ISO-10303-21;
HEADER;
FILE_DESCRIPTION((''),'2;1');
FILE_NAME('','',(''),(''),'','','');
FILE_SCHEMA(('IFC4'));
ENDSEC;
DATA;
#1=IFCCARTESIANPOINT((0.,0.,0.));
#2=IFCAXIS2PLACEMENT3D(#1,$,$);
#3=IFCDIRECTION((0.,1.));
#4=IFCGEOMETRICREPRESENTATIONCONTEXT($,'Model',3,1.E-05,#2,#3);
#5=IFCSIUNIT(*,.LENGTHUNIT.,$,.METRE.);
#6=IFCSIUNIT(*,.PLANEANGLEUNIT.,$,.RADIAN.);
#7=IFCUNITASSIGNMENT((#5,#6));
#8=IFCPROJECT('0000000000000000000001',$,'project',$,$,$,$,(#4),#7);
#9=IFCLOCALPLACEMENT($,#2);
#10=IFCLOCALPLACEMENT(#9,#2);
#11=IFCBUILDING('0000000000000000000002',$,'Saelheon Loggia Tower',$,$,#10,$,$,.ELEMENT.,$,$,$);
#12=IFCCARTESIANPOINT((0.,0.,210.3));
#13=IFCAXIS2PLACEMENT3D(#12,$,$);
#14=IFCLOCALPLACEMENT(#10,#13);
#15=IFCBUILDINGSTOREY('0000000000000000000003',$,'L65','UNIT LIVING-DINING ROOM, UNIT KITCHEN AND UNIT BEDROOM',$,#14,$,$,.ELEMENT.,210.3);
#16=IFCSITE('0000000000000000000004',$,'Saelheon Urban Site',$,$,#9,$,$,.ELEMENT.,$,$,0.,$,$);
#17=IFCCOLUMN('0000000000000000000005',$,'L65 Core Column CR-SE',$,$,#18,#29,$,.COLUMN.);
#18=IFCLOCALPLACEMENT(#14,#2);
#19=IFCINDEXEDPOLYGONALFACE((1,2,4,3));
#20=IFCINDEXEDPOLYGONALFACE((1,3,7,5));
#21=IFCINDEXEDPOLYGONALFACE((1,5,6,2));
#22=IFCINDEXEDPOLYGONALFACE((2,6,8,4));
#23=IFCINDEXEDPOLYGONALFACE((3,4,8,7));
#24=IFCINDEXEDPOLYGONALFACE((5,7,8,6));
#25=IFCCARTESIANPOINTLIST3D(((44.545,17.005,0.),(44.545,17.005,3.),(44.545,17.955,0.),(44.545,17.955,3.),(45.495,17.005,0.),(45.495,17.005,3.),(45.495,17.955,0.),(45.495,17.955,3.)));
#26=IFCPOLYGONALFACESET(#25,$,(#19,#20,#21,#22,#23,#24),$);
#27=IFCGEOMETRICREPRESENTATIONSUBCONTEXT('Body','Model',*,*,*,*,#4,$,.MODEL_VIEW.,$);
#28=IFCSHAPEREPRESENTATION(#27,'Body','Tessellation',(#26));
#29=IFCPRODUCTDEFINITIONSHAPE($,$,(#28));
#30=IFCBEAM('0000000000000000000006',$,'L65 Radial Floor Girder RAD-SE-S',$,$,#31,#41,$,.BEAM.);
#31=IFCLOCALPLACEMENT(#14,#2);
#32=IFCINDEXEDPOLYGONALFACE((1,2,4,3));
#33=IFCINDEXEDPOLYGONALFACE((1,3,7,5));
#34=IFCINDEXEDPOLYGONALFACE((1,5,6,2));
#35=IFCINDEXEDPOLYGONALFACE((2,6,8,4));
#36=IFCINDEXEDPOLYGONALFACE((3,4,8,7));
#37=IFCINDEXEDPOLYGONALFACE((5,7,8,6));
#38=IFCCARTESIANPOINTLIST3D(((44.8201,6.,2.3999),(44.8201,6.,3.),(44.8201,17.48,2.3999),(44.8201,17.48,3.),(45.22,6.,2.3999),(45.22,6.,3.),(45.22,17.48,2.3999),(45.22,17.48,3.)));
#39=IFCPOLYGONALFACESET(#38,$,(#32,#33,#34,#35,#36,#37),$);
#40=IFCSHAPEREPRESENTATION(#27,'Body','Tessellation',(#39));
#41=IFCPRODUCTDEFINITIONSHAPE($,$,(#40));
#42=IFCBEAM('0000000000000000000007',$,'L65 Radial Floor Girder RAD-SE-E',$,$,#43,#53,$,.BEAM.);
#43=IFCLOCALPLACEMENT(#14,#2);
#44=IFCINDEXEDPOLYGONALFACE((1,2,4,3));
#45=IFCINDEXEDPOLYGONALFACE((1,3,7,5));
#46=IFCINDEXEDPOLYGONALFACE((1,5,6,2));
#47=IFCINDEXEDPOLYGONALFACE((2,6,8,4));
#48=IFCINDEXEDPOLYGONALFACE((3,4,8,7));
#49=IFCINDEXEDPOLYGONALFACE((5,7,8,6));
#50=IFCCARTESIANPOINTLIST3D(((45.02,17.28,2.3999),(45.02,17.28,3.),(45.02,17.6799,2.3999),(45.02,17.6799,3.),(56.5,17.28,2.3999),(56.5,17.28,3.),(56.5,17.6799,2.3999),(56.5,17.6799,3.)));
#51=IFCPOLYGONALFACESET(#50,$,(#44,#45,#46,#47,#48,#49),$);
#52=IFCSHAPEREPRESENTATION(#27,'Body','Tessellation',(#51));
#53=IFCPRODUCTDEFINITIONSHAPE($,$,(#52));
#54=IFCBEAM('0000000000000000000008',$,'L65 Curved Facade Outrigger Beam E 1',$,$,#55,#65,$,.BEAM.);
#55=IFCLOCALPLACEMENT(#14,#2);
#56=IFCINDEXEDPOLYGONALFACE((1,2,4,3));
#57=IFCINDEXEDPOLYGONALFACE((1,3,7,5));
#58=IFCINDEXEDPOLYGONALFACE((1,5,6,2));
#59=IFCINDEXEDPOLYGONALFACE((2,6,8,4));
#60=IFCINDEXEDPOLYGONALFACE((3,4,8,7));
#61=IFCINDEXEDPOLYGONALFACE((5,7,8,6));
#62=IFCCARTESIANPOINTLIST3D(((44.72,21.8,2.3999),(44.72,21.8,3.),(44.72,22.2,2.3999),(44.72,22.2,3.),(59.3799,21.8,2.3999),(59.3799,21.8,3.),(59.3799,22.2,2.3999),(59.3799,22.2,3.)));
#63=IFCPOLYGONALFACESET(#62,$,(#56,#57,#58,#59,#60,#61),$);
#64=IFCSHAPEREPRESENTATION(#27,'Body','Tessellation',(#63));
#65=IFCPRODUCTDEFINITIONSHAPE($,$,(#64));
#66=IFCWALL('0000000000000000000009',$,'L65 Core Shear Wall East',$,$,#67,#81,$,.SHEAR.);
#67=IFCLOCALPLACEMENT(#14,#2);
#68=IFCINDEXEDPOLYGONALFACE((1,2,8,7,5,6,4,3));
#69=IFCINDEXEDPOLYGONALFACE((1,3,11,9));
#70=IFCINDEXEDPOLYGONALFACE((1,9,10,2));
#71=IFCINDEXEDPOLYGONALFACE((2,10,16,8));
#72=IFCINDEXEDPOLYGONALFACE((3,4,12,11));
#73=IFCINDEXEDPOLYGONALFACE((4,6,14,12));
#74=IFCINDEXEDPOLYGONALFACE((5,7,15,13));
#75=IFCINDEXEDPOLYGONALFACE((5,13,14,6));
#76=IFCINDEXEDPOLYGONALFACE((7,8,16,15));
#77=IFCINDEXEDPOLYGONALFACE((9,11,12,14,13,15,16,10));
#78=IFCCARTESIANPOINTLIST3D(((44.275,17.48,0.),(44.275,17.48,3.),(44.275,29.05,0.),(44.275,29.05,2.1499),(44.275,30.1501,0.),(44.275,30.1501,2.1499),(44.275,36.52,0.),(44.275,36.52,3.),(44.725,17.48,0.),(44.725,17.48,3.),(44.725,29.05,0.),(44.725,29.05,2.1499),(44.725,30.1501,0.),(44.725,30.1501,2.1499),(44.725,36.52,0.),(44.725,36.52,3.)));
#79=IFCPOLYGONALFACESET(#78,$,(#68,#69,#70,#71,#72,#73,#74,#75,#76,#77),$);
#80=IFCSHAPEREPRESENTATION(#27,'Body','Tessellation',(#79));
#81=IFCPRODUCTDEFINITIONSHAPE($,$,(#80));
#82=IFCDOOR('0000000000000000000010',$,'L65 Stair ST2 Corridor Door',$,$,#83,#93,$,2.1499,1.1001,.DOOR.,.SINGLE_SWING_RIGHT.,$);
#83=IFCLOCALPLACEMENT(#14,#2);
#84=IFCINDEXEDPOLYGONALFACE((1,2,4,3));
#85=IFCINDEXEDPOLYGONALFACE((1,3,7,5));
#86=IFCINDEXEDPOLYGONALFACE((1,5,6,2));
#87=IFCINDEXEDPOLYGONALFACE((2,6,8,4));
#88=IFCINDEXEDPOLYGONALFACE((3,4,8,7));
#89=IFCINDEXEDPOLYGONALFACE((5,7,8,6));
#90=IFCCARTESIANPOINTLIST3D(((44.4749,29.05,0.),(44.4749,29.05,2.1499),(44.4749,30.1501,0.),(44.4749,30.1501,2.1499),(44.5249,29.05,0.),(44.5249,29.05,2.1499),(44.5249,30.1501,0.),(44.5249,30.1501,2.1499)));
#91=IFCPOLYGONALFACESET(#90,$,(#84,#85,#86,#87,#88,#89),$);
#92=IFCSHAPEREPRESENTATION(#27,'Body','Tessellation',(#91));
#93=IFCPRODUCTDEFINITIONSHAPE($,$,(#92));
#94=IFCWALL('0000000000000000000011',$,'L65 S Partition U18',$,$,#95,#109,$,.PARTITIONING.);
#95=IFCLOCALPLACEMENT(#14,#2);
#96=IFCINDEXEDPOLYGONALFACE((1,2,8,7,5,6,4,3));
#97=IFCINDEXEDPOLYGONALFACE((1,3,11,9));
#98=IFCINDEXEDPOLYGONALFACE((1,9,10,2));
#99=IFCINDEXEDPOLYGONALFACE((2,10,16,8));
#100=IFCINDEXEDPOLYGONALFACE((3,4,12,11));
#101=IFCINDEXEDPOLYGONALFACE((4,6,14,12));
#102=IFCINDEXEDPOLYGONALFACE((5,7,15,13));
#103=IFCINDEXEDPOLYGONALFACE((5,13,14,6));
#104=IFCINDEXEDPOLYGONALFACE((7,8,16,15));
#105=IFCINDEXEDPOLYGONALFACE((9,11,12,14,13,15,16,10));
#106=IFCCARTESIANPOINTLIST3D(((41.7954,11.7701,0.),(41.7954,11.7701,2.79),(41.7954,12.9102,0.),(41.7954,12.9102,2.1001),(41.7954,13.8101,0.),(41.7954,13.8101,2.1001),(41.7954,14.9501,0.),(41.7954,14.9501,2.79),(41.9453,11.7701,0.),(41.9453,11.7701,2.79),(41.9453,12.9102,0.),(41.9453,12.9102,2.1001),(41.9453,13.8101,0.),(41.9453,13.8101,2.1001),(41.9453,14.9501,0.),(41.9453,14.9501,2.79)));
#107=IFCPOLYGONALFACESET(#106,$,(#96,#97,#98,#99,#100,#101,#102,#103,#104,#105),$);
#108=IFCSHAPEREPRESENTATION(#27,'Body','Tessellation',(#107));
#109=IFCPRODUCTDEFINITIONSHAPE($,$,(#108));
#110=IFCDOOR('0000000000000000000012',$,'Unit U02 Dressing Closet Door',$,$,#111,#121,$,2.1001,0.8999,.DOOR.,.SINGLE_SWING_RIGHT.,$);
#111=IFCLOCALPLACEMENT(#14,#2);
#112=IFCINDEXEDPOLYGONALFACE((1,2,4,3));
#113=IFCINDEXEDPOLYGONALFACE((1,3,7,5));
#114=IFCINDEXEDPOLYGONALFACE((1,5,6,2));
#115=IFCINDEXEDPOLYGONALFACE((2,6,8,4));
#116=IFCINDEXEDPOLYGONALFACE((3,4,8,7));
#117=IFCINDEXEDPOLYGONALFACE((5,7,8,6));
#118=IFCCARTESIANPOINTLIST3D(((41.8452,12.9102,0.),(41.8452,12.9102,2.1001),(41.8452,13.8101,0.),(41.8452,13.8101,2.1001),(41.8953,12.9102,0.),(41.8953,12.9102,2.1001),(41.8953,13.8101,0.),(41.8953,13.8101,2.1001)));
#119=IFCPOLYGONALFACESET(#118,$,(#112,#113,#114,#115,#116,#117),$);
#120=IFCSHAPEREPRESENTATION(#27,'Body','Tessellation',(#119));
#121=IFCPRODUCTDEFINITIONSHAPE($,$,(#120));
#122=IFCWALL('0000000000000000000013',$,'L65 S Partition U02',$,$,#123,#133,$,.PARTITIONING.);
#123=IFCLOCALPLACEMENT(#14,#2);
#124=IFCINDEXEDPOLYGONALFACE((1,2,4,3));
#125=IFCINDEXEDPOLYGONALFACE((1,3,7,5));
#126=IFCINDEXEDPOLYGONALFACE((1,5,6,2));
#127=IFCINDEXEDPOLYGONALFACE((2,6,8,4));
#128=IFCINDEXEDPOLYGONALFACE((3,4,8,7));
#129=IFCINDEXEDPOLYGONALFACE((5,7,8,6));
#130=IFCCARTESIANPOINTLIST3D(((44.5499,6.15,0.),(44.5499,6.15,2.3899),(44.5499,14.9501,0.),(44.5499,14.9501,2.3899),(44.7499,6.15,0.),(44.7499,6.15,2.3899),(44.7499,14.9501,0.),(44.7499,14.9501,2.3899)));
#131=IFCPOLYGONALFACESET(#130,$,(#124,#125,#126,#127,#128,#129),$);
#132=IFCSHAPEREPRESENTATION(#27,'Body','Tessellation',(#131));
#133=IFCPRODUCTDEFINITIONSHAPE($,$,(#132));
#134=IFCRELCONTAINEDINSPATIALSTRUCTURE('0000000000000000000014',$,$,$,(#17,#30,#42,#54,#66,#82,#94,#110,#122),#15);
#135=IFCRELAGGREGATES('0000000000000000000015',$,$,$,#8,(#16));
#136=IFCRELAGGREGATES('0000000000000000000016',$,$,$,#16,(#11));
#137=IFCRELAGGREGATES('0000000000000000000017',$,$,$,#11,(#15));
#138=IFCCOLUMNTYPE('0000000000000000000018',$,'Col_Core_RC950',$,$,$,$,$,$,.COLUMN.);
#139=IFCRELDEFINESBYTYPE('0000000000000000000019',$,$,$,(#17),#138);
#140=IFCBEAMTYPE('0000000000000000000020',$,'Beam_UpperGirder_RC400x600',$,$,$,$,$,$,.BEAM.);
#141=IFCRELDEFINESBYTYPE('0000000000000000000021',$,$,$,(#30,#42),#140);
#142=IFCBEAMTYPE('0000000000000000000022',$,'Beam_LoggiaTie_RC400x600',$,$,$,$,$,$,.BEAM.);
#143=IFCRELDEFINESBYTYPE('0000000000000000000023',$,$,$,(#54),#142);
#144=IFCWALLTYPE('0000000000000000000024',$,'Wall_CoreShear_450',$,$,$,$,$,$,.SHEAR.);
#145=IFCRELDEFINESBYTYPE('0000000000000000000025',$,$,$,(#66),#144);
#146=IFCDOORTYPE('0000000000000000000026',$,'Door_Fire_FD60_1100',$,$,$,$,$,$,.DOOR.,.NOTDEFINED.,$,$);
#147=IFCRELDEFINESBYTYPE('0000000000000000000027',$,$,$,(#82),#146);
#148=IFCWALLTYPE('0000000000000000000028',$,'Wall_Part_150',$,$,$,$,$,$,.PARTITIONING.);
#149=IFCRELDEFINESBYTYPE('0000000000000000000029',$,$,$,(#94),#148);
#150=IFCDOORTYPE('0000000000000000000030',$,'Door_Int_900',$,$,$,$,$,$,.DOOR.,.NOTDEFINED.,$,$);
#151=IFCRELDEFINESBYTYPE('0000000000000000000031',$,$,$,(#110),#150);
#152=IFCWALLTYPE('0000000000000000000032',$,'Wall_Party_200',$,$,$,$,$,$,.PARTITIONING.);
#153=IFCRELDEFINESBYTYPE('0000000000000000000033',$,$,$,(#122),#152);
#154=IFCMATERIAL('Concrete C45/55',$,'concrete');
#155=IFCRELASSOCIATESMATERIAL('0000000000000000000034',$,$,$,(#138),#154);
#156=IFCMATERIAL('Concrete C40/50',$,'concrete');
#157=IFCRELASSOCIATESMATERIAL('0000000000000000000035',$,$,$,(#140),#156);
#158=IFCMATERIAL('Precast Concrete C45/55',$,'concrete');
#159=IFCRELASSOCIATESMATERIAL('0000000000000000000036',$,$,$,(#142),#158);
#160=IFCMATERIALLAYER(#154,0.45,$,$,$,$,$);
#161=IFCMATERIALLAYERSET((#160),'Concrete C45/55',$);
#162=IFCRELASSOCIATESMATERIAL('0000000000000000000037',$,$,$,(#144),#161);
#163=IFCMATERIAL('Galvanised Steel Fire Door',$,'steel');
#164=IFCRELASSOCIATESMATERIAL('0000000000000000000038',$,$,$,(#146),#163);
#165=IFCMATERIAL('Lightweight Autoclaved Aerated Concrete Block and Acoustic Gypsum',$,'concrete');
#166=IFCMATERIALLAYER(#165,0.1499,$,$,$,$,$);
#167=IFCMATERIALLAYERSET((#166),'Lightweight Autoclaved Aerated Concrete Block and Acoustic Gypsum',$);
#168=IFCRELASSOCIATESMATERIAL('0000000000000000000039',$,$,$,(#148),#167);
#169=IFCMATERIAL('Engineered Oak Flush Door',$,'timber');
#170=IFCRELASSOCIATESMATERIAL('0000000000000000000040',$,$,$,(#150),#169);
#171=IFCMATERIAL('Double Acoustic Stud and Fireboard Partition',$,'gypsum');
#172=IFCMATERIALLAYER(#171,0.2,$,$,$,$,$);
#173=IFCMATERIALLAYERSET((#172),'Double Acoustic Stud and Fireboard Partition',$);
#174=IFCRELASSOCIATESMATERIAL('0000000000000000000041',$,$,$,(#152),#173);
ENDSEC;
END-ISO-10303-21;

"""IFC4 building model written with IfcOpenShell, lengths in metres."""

from ifc_helpers import new_model, si_unit, direction, frame, frame_2d, origin, origin_2d, place, context, subcontext, project, spatial, rectangle, extrude, source, transform, mapped, material, layer, layer_set, material_profile, profile_set, type_object, element, fill, save


model = new_model("IFC4")

# Units and contexts
model_context = context("Model", 3, precision=1e-05, world=origin(), true_north=direction((0.0, 1.0)))
body_context = subcontext(model_context, "Body", "Model", "MODEL_VIEW")
ifc_project = project(units=[si_unit("LENGTHUNIT", "METRE"), si_unit("PLANEANGLEUNIT", "RADIAN")], contexts=[model_context])

# Site, building, storey
site_placement = place(None, origin())
site = spatial("IfcSite", under=ifc_project, at=site_placement, Name="Saelheon Urban Site", CompositionType="ELEMENT", RefElevation=0.0)
building_placement = place(site_placement, origin())
building = spatial("IfcBuilding", under=site, at=building_placement, Name="Saelheon Loggia Tower", CompositionType="ELEMENT")
storey_placement = place(building_placement, frame((0.0, 0.0, 210.3)))
storey = spatial("IfcBuildingStorey", under=building, at=storey_placement, Name="L65", Description="UNIT LIVING-DINING ROOM, UNIT KITCHEN AND UNIT BEDROOM", CompositionType="ELEMENT", Elevation=210.3)

# Column
ifc_material_1 = material(Name="Concrete C45/55", Category="concrete")
ifc_material_profile_1 = material_profile(ifc_material_1, rectangle(XDim=0.95, YDim=0.95, at=origin_2d()), Name="RC-950x950")
ifc_profile_set_1 = profile_set([ifc_material_profile_1], Name="Concrete C45/55")
column_type = type_object("IfcColumnType", Name="Col_Core_RC950", PredefinedType="COLUMN", material=ifc_profile_set_1)
shared_shape_1 = source(origin(), body_context, "Body", "SweptSolid", [
    extrude(rectangle(XDim=0.95, YDim=0.95, at=origin_2d()), origin(), (0.0, 0.0, 1.0), 3.0),
])
column_placement = place(storey_placement, frame((45.02, 17.48, 0.0), z_axis=(0.0, 0.0, 1.0), x_axis=(1.0, 0.0, 0.0)))
element("IfcColumn", 1, at=column_placement, inside=storey, type_object=column_type, Name="L65 Core Column CR-SE", PredefinedType="COLUMN", context=body_context, shape_type="MappedRepresentation", body=[
    mapped(shared_shape_1, transform((0.0, 0.0, 0.0), scale=1.0)),
])

# Beams
ifc_material_2 = material(Name="Concrete C40/50", Category="concrete")
ifc_material_profile_2 = material_profile(ifc_material_2, rectangle(XDim=0.3999, YDim=0.6001, at=origin_2d()), Name="RC-400x600")
ifc_profile_set_2 = profile_set([ifc_material_profile_2], Name="Concrete C40/50")
beam_type_1 = type_object("IfcBeamType", Name="Beam_UpperGirder_RC400x600", PredefinedType="BEAM", material=ifc_profile_set_2)
shared_shape_2 = source(origin(), body_context, "Body", "SweptSolid", [
    extrude(rectangle(XDim=0.3999, YDim=0.6001, at=origin_2d()), origin(), (0.0, 0.0, 1.0), 11.48),
])
for number, where, z_axis, x_axis, name in (
    (2, (45.02, 17.48, 2.7), (0.0, -1.0, 0.0), (1.0, 0.0, 0.0), "L65 Radial Floor Girder RAD-SE-S"),
    (3, (45.02, 17.48, 2.7), (1.0, 0.0, 0.0), (0.0, 1.0, 0.0), "L65 Radial Floor Girder RAD-SE-E"),
):
    element("IfcBeam", number, at=place(storey_placement, frame(where, z_axis=z_axis, x_axis=x_axis)), inside=storey, type_object=beam_type_1, Name=name, PredefinedType="BEAM", context=body_context, shape_type="MappedRepresentation", body=[
        mapped(shared_shape_2, transform((0.0, 0.0, 0.0), scale=1.0)),
    ])
ifc_material_3 = material(Name="Precast Concrete C45/55", Category="concrete")
ifc_material_profile_3 = material_profile(ifc_material_3, rectangle(XDim=0.3999, YDim=0.6001, at=origin_2d()), Name="RC-400x600")
ifc_profile_set_3 = profile_set([ifc_material_profile_3], Name="Precast Concrete C45/55")
beam_type_2 = type_object("IfcBeamType", Name="Beam_LoggiaTie_RC400x600", PredefinedType="BEAM", material=ifc_profile_set_3)
shared_shape_3 = source(origin(), body_context, "Body", "SweptSolid", [
    extrude(rectangle(XDim=0.3999, YDim=0.6001, at=origin_2d()), origin(), (0.0, 0.0, 1.0), 14.6599),
])
beam_placement = place(storey_placement, frame((44.72, 22.0, 2.7), z_axis=(1.0, 0.0, 0.0), x_axis=(0.0, 1.0, 0.0)))
element("IfcBeam", 4, at=beam_placement, inside=storey, type_object=beam_type_2, Name="L65 Curved Facade Outrigger Beam E 1", PredefinedType="BEAM", context=body_context, shape_type="MappedRepresentation", body=[
    mapped(shared_shape_3, transform((0.0, 0.0, 0.0), scale=1.0)),
])

# Walls, openings, doors
ifc_layer_1 = layer(ifc_material_1, 0.45)
ifc_layer_set_1 = layer_set([ifc_layer_1], Name="Concrete C45/55")
wall_type_1 = type_object("IfcWallType", Name="Wall_CoreShear_450", PredefinedType="SHEAR", material=ifc_layer_set_1)
wall_1_placement = place(storey_placement, frame((44.5, 17.48, 0.0), z_axis=(0.0, 0.0, 1.0), x_axis=(0.0, 1.0, 0.0)))
wall_1 = element("IfcWall", 5, at=wall_1_placement, inside=storey, type_object=wall_type_1, Name="L65 Core Shear Wall East", PredefinedType="SHEAR", context=body_context, shape_type="SweptSolid", body=[
    extrude(rectangle(XDim=19.04, YDim=0.45, at=frame_2d((9.52, 0.0))), origin(), (0.0, 0.0, 1.0), 3.0),
])
opening_1_placement = place(wall_1_placement, frame((12.6702, 0.0, 0.0), z_axis=(0.0, 0.0, 1.0), x_axis=(-1.0, 0.0, 0.0)))
opening_1 = element("IfcOpeningElement", 6, at=opening_1_placement, cuts=wall_1, PredefinedType="OPENING", context=body_context, shape_type="SweptSolid", body=[
    extrude(rectangle(XDim=1.1001, YDim=2.1499, at=frame_2d((0.55, 1.075))), frame((0.0, 0.2371, 0.0), z_axis=(0.0, -1.0, 0.0), x_axis=(1.0, 0.0, 0.0)), (0.0, 0.0, 1.0), 0.4739),
])
ifc_material_4 = material(Name="Galvanised Steel Fire Door", Category="steel")
door_type_1 = type_object("IfcDoorType", Name="Door_Fire_FD60_1100", OperationType="NOTDEFINED", PredefinedType="DOOR", material=ifc_material_4)
shared_shape_4 = source(origin(), body_context, "Body", "SweptSolid", [
    extrude(rectangle(XDim=1.1001, YDim=2.1499, at=frame_2d((0.55, 1.075))), frame((0.0, 0.0249, 0.0), z_axis=(0.0, -1.0, 0.0), x_axis=(1.0, 0.0, 0.0)), (0.0, 0.0, 1.0), 0.05),
])
door_1_placement = place(opening_1_placement, origin())
door_1 = element("IfcDoor", 7, at=door_1_placement, inside=storey, type_object=door_type_1, Name="L65 Stair ST2 Corridor Door", OperationType="SINGLE_SWING_RIGHT", OverallHeight=2.1499, OverallWidth=1.1001, PredefinedType="DOOR", context=body_context, shape_type="MappedRepresentation", body=[
    mapped(shared_shape_4, transform((0.0, 0.0, 0.0), scale=1.0)),
])
fill(opening_1, door_1)
ifc_material_5 = material(Name="Lightweight Autoclaved Aerated Concrete Block and Acoustic Gypsum", Category="concrete")
ifc_layer_2 = layer(ifc_material_5, 0.1499)
ifc_layer_set_2 = layer_set([ifc_layer_2], Name="Lightweight Autoclaved Aerated Concrete Block and Acoustic Gypsum")
wall_type_2 = type_object("IfcWallType", Name="Wall_Part_150", PredefinedType="PARTITIONING", material=ifc_layer_set_2)
wall_2_placement = place(storey_placement, frame((41.8704, 14.95, 0.0), z_axis=(0.0, 0.0, 1.0), x_axis=(0.0, -1.0, 0.0)))
wall_2 = element("IfcWall", 8, at=wall_2_placement, inside=storey, type_object=wall_type_2, Name="L65 S Partition U18", PredefinedType="PARTITIONING", context=body_context, shape_type="SweptSolid", body=[
    extrude(rectangle(XDim=3.1799, YDim=0.1499, at=frame_2d((1.5898, 0.0))), origin(), (0.0, 0.0, 1.0), 2.79),
])
opening_2_placement = place(wall_2_placement, frame((1.1399, 0.0, 0.0)))
opening_2 = element("IfcOpeningElement", 9, at=opening_2_placement, cuts=wall_2, PredefinedType="OPENING", context=body_context, shape_type="SweptSolid", body=[
    extrude(rectangle(XDim=0.8999, YDim=2.1001, at=frame_2d((0.45, 1.05))), frame((0.0, 0.0869, 0.0), z_axis=(0.0, -1.0, 0.0), x_axis=(1.0, 0.0, 0.0)), (0.0, 0.0, 1.0), 0.1738),
])
ifc_material_6 = material(Name="Engineered Oak Flush Door", Category="timber")
door_type_2 = type_object("IfcDoorType", Name="Door_Int_900", OperationType="NOTDEFINED", PredefinedType="DOOR", material=ifc_material_6)
shared_shape_5 = source(origin(), body_context, "Body", "SweptSolid", [
    extrude(rectangle(XDim=0.8999, YDim=2.1001, at=frame_2d((0.45, 1.05))), frame((0.0, 0.0249, 0.0), z_axis=(0.0, -1.0, 0.0), x_axis=(1.0, 0.0, 0.0)), (0.0, 0.0, 1.0), 0.05),
])
door_2_placement = place(opening_2_placement, origin())
door_2 = element("IfcDoor", 10, at=door_2_placement, inside=storey, type_object=door_type_2, Name="Unit U02 Dressing Closet Door", OperationType="SINGLE_SWING_RIGHT", OverallHeight=2.1001, OverallWidth=0.8999, PredefinedType="DOOR", context=body_context, shape_type="MappedRepresentation", body=[
    mapped(shared_shape_5, transform((0.0, 0.0, 0.0), scale=1.0)),
])
fill(opening_2, door_2)

# Wall
ifc_material_7 = material(Name="Double Acoustic Stud and Fireboard Partition", Category="gypsum")
ifc_layer_3 = layer(ifc_material_7, 0.2)
ifc_layer_set_3 = layer_set([ifc_layer_3], Name="Double Acoustic Stud and Fireboard Partition")
wall_type_3 = type_object("IfcWallType", Name="Wall_Party_200", PredefinedType="PARTITIONING", material=ifc_layer_set_3)
wall_3_placement = place(storey_placement, frame((44.6499, 14.95, 0.0), z_axis=(0.0, 0.0, 1.0), x_axis=(0.0, -1.0, 0.0)))
element("IfcWall", 11, at=wall_3_placement, inside=storey, type_object=wall_type_3, Name="L65 S Partition U02", PredefinedType="PARTITIONING", context=body_context, shape_type="SweptSolid", body=[
    extrude(rectangle(XDim=8.8, YDim=0.2, at=frame_2d((4.3999, 0.0))), origin(), (0.0, 0.0, 1.0), 2.3899),
])

save(model, "model.ifc")
